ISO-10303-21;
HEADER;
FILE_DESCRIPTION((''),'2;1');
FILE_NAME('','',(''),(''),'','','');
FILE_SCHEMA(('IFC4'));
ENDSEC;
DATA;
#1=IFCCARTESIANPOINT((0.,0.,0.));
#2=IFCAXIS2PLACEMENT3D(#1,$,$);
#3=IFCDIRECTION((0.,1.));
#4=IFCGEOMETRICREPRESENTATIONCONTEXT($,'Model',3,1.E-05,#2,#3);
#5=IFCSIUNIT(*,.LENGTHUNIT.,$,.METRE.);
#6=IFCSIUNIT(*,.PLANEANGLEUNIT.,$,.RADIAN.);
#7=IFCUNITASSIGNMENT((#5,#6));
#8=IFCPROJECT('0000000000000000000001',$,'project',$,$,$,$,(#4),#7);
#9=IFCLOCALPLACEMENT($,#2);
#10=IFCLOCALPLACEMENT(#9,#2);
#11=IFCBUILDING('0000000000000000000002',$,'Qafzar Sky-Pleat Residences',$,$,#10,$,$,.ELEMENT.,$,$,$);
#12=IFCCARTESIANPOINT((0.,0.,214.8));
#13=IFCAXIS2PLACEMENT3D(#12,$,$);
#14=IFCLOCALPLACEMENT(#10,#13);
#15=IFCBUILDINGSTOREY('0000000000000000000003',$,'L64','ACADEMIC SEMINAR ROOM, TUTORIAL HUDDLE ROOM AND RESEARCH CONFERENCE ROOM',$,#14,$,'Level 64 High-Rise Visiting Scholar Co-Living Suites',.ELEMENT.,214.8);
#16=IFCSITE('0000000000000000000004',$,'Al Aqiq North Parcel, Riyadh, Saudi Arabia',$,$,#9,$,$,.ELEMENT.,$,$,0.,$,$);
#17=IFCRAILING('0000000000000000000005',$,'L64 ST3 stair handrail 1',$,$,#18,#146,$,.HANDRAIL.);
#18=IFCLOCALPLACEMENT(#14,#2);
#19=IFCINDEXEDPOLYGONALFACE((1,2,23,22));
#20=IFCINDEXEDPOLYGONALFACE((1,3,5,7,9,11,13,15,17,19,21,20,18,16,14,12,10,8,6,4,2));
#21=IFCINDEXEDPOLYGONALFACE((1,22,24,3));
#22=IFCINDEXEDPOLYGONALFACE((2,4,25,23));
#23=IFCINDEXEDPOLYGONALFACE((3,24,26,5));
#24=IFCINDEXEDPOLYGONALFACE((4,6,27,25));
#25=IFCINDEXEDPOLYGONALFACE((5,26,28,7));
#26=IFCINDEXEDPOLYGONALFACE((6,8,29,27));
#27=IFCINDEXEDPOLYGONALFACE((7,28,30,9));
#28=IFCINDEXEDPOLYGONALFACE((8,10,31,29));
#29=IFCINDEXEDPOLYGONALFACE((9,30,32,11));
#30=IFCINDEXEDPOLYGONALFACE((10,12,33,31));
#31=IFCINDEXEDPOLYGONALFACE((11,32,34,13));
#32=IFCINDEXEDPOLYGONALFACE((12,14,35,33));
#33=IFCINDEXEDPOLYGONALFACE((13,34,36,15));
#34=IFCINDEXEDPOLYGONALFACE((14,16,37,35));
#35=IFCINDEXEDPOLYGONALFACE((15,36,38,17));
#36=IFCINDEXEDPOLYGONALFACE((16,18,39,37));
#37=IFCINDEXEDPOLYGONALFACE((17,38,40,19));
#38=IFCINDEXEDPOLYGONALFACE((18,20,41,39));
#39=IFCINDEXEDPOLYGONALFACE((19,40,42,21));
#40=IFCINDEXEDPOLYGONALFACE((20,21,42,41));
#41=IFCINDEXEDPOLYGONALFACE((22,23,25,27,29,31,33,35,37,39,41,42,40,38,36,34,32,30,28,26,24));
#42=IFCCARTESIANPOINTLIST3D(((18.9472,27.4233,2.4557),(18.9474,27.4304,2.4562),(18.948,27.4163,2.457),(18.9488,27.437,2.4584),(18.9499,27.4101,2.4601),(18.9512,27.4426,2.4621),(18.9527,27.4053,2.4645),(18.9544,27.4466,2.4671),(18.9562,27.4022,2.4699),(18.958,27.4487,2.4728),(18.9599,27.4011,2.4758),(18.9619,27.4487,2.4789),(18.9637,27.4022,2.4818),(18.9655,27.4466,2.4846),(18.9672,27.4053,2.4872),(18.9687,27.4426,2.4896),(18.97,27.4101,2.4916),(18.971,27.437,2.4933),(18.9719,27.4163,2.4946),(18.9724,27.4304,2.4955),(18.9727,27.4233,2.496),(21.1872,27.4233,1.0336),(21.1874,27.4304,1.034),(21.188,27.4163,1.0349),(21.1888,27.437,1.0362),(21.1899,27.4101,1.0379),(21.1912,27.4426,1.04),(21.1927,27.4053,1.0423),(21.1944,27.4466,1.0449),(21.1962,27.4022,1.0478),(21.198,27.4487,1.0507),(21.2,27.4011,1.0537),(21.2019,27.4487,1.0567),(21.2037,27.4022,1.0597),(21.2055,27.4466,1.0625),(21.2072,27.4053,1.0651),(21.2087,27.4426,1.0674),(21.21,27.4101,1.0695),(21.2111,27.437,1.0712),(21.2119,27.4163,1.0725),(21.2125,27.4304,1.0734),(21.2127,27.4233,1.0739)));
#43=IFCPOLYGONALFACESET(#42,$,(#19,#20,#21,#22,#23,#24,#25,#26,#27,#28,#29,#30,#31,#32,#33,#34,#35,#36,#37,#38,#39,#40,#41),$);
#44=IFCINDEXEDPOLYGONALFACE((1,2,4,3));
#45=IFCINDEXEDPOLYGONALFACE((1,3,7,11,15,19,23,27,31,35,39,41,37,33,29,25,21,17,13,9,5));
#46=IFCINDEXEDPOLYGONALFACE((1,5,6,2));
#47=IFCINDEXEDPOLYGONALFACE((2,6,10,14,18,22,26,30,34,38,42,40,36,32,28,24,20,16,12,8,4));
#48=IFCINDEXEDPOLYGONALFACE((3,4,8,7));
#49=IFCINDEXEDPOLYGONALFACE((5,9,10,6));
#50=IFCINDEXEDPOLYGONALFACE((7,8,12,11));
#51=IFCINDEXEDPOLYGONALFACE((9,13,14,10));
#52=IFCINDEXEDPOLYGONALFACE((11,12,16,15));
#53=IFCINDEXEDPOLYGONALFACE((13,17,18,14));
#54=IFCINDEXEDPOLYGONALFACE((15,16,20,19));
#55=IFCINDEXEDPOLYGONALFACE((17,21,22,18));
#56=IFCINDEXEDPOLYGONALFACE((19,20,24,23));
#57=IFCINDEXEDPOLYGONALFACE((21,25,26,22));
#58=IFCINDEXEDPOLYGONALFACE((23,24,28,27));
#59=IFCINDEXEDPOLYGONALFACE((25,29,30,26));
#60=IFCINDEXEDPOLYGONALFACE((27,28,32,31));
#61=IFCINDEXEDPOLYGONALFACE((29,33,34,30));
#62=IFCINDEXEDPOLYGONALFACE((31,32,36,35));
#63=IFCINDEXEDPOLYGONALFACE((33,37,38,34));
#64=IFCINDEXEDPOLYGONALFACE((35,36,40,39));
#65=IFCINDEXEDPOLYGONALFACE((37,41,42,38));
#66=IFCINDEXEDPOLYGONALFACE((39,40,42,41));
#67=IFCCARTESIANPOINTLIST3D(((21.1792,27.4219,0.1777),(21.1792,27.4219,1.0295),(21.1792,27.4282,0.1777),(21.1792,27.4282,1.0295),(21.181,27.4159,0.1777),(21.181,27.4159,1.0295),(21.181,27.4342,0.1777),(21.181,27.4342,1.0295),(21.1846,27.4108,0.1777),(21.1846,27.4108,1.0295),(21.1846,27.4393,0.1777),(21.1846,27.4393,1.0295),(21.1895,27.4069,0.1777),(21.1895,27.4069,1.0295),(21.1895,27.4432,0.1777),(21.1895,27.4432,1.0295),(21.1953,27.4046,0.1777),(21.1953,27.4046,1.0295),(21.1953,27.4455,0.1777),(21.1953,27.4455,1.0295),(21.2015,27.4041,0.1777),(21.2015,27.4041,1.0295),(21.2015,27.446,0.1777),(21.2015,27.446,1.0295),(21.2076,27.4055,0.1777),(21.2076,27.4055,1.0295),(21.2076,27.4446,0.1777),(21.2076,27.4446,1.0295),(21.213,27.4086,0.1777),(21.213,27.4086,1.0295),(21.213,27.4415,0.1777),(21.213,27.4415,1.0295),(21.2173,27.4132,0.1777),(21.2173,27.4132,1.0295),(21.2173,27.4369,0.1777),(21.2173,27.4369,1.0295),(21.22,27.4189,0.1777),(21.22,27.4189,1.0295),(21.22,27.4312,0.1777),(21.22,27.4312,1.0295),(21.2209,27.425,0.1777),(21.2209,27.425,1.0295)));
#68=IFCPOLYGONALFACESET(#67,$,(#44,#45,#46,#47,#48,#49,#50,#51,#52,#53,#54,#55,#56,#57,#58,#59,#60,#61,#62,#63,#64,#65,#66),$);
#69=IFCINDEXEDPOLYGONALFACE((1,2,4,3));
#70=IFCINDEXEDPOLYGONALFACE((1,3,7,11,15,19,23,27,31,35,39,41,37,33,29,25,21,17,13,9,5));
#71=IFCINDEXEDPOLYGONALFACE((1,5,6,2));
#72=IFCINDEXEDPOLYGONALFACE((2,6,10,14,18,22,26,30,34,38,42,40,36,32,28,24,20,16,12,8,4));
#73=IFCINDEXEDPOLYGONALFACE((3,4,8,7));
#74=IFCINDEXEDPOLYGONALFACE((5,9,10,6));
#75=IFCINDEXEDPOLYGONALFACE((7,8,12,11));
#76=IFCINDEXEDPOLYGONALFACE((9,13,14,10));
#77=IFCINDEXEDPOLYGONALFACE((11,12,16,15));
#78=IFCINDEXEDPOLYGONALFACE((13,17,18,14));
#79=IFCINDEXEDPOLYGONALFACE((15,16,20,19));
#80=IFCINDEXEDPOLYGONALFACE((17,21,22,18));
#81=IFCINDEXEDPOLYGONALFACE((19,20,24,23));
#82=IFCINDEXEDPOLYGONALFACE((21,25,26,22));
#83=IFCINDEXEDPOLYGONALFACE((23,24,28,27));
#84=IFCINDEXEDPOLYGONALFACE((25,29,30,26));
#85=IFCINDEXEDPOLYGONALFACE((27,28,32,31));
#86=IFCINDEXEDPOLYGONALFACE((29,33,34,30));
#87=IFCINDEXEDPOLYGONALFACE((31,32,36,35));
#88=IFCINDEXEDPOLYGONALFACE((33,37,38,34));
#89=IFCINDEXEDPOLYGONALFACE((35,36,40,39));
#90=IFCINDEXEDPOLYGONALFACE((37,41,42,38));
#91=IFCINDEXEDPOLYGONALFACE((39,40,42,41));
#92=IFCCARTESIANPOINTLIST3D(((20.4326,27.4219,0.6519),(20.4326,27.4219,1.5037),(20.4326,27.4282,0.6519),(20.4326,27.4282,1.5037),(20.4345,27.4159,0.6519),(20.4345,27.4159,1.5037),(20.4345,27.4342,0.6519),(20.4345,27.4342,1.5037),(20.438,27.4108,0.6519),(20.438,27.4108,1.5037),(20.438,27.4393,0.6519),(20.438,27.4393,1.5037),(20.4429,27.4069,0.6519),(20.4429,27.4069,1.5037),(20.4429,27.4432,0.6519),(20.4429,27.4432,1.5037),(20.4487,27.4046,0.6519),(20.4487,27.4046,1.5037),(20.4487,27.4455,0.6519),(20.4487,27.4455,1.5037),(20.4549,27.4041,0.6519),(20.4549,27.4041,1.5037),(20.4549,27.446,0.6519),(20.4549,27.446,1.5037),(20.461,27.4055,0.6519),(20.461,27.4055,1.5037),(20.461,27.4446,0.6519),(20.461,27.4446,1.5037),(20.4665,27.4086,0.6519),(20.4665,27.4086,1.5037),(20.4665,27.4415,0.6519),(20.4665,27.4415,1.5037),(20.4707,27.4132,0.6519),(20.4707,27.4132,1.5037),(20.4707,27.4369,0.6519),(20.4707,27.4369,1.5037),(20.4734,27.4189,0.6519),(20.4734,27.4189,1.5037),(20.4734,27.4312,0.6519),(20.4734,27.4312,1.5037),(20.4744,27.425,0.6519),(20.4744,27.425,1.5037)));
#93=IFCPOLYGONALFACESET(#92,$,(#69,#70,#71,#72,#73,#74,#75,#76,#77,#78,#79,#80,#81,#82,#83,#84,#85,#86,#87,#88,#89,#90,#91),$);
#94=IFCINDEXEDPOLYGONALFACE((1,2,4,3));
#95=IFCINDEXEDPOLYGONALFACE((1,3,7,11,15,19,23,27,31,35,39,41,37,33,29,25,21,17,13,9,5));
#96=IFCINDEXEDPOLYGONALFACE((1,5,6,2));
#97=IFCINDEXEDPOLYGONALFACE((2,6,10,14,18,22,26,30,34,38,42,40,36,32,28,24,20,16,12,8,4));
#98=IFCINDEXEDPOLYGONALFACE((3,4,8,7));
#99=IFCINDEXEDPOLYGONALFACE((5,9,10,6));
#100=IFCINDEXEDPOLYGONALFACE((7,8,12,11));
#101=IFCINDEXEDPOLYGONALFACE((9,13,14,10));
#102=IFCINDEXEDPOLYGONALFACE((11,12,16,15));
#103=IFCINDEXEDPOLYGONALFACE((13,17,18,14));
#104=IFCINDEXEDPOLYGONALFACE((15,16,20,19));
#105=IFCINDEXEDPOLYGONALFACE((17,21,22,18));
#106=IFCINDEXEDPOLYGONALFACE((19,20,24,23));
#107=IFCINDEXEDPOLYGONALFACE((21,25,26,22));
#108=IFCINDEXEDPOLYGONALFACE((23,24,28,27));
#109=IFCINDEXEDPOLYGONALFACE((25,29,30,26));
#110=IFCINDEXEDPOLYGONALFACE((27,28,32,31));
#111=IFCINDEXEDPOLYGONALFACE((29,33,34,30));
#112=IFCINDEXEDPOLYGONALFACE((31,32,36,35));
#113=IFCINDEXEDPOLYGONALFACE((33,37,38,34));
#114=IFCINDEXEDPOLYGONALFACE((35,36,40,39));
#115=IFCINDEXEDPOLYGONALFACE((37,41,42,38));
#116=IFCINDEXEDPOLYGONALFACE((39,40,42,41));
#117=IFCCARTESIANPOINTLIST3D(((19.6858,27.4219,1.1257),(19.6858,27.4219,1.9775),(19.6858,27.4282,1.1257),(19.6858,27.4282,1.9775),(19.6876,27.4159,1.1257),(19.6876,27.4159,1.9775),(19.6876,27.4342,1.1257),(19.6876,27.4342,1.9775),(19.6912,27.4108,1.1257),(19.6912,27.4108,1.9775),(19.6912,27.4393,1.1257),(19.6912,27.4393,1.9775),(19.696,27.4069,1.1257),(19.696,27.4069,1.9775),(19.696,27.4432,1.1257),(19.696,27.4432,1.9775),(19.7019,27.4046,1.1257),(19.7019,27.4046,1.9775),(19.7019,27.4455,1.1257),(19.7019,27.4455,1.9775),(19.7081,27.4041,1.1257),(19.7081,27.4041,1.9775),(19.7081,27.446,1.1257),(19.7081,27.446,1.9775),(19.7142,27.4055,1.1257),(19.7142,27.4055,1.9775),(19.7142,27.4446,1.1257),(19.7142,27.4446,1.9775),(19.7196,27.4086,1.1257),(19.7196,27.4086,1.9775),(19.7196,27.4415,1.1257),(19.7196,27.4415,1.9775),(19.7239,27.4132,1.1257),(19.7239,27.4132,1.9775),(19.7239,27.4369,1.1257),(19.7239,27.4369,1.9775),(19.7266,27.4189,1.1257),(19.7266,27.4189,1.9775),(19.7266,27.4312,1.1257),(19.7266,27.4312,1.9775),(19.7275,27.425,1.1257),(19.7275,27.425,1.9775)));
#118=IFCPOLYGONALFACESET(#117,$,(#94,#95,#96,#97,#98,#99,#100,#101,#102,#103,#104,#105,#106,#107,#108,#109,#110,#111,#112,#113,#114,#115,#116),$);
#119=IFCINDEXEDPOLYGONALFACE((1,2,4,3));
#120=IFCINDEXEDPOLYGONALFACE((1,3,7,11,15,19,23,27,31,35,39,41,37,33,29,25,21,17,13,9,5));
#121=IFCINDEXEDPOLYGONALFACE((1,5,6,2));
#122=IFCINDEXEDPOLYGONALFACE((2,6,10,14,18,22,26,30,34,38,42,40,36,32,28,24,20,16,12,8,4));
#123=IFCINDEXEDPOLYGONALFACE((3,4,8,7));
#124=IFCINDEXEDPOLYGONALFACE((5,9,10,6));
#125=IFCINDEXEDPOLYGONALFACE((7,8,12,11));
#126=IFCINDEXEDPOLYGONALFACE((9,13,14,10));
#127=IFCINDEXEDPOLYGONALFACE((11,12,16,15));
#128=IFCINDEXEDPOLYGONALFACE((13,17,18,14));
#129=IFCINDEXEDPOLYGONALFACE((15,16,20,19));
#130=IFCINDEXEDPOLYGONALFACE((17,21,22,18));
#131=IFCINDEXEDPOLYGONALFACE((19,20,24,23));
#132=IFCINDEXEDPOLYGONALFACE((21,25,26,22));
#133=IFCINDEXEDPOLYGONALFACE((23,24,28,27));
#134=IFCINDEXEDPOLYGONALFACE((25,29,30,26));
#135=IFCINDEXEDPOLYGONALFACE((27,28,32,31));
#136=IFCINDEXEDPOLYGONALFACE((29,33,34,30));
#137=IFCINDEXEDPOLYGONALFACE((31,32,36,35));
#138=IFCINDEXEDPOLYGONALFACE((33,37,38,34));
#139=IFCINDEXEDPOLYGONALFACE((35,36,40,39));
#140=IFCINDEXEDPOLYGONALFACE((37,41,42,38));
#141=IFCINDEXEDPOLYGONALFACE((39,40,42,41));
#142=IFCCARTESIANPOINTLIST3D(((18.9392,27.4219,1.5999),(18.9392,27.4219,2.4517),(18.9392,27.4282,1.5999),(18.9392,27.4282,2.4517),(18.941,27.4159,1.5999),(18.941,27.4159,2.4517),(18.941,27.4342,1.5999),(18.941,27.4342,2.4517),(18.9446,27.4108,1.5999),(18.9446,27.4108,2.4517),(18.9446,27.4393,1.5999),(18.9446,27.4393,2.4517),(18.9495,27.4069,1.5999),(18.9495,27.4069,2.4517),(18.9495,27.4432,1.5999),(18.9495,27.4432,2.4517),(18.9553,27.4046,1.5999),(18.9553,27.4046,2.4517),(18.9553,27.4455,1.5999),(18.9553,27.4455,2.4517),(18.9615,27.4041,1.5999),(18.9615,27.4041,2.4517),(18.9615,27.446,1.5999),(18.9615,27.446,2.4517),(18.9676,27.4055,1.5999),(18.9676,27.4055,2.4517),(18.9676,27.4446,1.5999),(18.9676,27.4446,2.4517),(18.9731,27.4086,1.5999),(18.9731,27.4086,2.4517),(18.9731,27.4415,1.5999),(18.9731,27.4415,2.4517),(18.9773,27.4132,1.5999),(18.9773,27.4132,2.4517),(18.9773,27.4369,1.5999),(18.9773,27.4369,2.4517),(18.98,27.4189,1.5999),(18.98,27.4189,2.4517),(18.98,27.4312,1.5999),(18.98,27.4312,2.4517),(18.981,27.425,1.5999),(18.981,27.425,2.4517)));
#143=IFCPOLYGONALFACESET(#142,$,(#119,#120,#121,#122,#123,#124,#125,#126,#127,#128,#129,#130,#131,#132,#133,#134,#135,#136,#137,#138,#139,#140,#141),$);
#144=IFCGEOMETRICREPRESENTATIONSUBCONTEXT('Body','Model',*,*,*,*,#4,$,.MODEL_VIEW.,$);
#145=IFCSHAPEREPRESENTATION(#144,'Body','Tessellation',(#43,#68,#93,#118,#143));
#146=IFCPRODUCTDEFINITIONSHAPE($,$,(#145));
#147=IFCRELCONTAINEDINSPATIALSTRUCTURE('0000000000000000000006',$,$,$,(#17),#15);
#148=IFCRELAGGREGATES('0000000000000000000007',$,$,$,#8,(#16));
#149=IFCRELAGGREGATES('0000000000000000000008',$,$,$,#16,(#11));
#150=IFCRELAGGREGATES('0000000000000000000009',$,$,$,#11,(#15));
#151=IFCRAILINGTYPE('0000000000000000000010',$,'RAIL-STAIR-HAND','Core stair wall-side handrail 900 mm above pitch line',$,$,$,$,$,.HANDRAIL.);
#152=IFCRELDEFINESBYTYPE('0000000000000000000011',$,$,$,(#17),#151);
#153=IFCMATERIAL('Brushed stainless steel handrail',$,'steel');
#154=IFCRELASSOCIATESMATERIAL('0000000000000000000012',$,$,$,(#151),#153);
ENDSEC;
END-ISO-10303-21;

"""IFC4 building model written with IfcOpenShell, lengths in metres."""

from ifc_helpers import new_model, si_unit, direction, frame, origin, origin_2d, place, context, subcontext, project, spatial, circle, extrude, source, transform, mapped, material, type_object, element, save


model = new_model("IFC4")

# Units and contexts
model_context = context("Model", 3, precision=1e-05, world=origin(), true_north=direction((0.0, 1.0)))
body_context = subcontext(model_context, "Body", "Model", "MODEL_VIEW")
ifc_project = project(units=[si_unit("LENGTHUNIT", "METRE"), si_unit("PLANEANGLEUNIT", "RADIAN")], contexts=[model_context])

# Site, building, storey
site_placement = place(None, origin())
site = spatial("IfcSite", under=ifc_project, at=site_placement, Name="Al Aqiq North Parcel, Riyadh, Saudi Arabia", CompositionType="ELEMENT", RefElevation=0.0)
building_placement = place(site_placement, origin())
building = spatial("IfcBuilding", under=site, at=building_placement, Name="Qafzar Sky-Pleat Residences", CompositionType="ELEMENT")
storey_placement = place(building_placement, frame((0.0, 0.0, 214.8)))
storey = spatial("IfcBuildingStorey", under=building, at=storey_placement, Name="L64", Description="ACADEMIC SEMINAR ROOM, TUTORIAL HUDDLE ROOM AND RESEARCH CONFERENCE ROOM", LongName="Level 64 High-Rise Visiting Scholar Co-Living Suites", CompositionType="ELEMENT", Elevation=214.8)

# Railing
ifc_material_1 = material(Name="Brushed stainless steel handrail", Category="steel")
railing_type_1 = type_object("IfcRailingType", Name="RAIL-STAIR-HAND", Description="Core stair wall-side handrail 900 mm above pitch line", PredefinedType="HANDRAIL", material=ifc_material_1)
shared_shape_1 = source(origin(), body_context, "Body", "SweptSolid", [
    extrude(circle(Radius=0.0239, at=origin_2d()), frame((0.0, 0.0, 0.876), z_axis=(-0.844229, 0.0, 0.535982), x_axis=(0.0, -1.0, 0.0)), (0.0, 0.0, 1.0), 2.6533),
    extrude(circle(Radius=0.021, at=origin_2d()), origin(), (0.0, 0.0, 1.0), 0.8518),
    extrude(circle(Radius=0.021, at=origin_2d()), frame((-0.7466, 0.0, 0.4741)), (0.0, 0.0, 1.0), 0.8518),
    extrude(circle(Radius=0.021, at=origin_2d()), frame((-1.4934, 0.0, 0.948)), (0.0, 0.0, 1.0), 0.8518),
    extrude(circle(Radius=0.021, at=origin_2d()), frame((-2.24, 0.0, 1.4221)), (0.0, 0.0, 1.0), 0.8518),
])
railing_1_placement = place(storey_placement, frame((21.2, 27.425, 0.1777)))
element("IfcRailing", 1, at=railing_1_placement, inside=storey, type_object=railing_type_1, Name="L64 ST3 stair handrail 1", PredefinedType="HANDRAIL", context=body_context, shape_type="MappedRepresentation", body=[
    mapped(shared_shape_1, transform((0.0, 0.0, 0.0), x_axis=(1.0, 0.0, 0.0), y_axis=(0.0, 1.0, 0.0), z_axis=(0.0, 0.0, 1.0), scale=1.0)),
])

save(model, "model.ifc")
